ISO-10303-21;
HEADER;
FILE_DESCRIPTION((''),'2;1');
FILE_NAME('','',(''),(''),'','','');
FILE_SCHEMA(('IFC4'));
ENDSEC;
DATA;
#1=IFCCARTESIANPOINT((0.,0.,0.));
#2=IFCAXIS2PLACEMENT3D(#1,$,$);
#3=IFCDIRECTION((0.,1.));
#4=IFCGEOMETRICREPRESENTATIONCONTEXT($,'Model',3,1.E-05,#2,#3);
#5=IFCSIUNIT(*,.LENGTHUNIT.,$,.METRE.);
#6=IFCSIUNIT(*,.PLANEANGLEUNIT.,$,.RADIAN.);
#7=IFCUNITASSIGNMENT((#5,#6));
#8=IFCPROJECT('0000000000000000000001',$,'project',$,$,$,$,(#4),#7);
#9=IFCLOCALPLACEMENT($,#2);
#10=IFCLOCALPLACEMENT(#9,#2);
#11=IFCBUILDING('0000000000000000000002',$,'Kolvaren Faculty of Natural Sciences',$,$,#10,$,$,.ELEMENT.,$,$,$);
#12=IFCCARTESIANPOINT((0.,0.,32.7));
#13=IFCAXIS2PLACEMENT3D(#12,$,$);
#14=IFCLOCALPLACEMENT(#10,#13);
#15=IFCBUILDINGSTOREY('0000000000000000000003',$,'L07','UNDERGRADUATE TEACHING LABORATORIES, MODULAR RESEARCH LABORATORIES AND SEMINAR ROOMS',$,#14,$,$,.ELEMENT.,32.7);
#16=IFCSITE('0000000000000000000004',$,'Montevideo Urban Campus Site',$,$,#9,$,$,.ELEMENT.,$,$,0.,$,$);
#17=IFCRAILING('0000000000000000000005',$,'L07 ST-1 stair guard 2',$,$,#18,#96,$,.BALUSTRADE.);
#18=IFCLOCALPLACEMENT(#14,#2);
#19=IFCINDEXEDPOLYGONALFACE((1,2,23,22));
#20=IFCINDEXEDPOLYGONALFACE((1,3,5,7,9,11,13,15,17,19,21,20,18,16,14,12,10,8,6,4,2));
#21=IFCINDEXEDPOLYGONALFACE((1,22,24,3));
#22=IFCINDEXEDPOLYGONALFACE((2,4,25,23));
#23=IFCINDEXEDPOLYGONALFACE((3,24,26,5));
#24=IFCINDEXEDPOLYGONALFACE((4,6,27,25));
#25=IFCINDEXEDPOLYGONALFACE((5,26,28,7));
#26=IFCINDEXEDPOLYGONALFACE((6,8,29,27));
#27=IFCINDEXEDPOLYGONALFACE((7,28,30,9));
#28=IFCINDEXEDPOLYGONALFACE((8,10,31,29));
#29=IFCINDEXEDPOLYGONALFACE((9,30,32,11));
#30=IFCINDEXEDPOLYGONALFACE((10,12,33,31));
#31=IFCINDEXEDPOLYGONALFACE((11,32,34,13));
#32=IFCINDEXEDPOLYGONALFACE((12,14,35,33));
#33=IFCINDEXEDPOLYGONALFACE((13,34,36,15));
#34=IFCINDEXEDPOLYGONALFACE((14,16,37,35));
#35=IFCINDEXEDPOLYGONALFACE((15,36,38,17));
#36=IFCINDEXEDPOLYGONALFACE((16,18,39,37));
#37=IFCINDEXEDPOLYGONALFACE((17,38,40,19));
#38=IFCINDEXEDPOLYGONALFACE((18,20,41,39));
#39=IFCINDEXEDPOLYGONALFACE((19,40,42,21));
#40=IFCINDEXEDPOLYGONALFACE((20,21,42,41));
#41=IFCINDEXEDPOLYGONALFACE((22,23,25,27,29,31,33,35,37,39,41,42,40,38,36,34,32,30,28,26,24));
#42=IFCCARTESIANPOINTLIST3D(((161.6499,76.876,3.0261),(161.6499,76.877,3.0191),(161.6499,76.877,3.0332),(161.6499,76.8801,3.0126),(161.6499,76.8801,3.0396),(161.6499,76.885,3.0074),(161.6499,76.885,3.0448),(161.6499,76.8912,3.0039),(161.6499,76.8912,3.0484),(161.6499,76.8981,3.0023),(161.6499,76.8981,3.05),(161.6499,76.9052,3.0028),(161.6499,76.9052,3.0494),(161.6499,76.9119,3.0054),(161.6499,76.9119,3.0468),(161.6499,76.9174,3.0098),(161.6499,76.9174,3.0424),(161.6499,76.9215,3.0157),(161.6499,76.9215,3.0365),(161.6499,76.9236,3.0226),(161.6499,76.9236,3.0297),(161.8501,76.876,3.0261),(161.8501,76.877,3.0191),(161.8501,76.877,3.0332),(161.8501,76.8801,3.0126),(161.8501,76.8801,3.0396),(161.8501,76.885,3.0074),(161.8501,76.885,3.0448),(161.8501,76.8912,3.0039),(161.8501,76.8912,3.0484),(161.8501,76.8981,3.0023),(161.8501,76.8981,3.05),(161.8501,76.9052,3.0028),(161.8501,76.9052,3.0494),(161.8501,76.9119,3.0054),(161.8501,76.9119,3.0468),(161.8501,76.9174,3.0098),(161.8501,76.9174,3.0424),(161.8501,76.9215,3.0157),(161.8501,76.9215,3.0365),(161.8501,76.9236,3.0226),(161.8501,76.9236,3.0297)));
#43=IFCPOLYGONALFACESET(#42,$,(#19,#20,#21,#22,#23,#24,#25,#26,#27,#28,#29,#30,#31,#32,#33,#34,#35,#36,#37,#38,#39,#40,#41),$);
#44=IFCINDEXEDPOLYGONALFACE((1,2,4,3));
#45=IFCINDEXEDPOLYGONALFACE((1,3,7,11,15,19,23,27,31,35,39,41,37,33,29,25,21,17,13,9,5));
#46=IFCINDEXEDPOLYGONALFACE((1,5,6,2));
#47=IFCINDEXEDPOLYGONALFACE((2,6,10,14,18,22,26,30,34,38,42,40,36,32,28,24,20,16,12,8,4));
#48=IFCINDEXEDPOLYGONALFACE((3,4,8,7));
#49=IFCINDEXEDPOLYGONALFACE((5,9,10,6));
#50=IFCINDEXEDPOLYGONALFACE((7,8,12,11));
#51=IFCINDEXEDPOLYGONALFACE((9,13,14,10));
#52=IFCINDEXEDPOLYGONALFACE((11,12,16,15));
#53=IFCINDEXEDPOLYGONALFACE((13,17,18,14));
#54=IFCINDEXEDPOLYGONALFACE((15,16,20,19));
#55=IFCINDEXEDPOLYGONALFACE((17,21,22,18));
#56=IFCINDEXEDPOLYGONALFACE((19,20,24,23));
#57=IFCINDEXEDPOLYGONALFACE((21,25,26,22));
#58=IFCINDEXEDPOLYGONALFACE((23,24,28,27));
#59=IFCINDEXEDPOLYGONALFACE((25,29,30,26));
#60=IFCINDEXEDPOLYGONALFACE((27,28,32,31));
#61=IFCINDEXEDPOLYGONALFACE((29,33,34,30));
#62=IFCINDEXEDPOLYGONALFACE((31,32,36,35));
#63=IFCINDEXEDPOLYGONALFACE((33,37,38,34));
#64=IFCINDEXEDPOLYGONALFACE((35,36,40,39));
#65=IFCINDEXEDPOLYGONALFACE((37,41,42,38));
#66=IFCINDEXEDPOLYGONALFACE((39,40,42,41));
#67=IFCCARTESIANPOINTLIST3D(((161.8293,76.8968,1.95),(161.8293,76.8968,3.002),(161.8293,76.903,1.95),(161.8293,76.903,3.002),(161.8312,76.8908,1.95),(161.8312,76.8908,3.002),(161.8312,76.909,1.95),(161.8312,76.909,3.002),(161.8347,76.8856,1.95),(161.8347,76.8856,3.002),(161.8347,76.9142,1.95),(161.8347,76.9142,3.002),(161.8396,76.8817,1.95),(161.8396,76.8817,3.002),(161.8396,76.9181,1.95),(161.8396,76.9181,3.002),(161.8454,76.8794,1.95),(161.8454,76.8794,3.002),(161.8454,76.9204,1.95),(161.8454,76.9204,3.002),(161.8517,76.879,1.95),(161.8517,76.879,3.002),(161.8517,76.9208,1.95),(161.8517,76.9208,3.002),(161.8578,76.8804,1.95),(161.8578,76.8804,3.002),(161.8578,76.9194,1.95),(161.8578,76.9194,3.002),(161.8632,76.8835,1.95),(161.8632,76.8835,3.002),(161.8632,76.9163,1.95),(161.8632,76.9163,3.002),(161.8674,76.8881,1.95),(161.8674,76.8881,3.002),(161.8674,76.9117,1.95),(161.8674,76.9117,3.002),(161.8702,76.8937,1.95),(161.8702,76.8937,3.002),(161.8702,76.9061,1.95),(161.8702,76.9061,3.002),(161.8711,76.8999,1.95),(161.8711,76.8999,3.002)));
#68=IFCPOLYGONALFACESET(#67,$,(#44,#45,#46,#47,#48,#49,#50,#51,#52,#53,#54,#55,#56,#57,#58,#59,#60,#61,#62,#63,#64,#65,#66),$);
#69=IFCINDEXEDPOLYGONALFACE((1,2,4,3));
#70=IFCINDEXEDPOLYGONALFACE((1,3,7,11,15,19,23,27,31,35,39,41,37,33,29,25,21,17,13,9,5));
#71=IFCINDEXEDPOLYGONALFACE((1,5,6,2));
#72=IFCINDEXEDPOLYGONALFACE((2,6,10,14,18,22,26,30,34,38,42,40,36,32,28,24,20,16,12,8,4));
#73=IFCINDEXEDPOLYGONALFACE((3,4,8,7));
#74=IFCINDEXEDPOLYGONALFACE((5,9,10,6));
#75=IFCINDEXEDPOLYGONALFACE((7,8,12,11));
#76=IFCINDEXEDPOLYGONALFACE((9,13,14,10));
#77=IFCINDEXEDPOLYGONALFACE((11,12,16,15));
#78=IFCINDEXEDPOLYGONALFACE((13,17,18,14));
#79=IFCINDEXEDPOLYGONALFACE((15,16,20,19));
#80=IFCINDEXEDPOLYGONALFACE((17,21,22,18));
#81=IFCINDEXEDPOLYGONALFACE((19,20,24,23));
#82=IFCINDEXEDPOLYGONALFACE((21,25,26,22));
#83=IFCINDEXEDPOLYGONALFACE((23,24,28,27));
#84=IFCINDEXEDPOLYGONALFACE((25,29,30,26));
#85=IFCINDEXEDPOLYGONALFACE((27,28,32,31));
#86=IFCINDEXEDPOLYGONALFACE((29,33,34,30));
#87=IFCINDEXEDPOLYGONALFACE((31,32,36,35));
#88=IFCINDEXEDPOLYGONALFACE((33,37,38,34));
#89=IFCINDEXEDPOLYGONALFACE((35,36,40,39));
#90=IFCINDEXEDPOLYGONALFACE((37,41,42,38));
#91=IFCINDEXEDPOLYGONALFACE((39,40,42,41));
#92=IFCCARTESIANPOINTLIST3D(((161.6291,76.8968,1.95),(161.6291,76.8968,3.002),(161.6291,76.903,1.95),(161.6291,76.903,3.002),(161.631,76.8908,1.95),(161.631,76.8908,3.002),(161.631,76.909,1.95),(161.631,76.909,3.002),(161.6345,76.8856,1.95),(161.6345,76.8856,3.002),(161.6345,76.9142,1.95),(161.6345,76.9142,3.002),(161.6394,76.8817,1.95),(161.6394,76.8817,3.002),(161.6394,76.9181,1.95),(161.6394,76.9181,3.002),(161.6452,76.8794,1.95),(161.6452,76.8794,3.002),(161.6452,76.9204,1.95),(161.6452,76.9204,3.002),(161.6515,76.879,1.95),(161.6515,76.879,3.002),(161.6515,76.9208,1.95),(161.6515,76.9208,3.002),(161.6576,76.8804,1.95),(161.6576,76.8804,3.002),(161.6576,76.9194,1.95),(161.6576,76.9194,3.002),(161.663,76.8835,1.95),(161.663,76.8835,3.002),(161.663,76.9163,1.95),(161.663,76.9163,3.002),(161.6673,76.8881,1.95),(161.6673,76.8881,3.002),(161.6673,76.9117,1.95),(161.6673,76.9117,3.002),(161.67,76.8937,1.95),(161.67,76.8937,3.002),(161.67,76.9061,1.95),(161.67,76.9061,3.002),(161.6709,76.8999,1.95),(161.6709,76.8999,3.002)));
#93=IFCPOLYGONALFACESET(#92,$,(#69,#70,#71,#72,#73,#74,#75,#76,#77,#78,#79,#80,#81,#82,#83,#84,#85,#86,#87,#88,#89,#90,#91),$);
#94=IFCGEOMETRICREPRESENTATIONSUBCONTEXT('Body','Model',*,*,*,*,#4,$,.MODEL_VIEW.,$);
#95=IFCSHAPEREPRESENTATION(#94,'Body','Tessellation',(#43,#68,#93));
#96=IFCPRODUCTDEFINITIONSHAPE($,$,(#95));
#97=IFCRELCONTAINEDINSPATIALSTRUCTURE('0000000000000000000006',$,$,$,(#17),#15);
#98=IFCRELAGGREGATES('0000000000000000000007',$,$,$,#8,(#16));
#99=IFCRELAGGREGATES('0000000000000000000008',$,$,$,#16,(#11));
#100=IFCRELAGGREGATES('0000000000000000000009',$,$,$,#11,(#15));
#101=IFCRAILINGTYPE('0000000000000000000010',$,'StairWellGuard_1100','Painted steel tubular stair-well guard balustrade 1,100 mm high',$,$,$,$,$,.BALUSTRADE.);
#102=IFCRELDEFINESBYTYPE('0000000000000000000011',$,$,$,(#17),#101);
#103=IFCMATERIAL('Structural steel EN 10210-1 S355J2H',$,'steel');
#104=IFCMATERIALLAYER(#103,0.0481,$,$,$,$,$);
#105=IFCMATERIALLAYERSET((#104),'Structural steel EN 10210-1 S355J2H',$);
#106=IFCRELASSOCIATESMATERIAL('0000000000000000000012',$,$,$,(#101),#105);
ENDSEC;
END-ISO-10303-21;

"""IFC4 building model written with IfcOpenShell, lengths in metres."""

from ifc_helpers import new_model, si_unit, direction, frame, origin, origin_2d, place, context, subcontext, project, spatial, circle, extrude, material, layer, layer_set, type_object, element, save


model = new_model("IFC4")

# Units and contexts
model_context = context("Model", 3, precision=1e-05, world=origin(), true_north=direction((0.0, 1.0)))
body_context = subcontext(model_context, "Body", "Model", "MODEL_VIEW")
ifc_project = project(units=[si_unit("LENGTHUNIT", "METRE"), si_unit("PLANEANGLEUNIT", "RADIAN")], contexts=[model_context])

# Site, building, storey
site_placement = place(None, origin())
site = spatial("IfcSite", under=ifc_project, at=site_placement, Name="Montevideo Urban Campus Site", CompositionType="ELEMENT", RefElevation=0.0)
building_placement = place(site_placement, origin())
building = spatial("IfcBuilding", under=site, at=building_placement, Name="Kolvaren Faculty of Natural Sciences", CompositionType="ELEMENT")
storey_placement = place(building_placement, frame((0.0, 0.0, 32.7)))
storey = spatial("IfcBuildingStorey", under=building, at=storey_placement, Name="L07", Description="UNDERGRADUATE TEACHING LABORATORIES, MODULAR RESEARCH LABORATORIES AND SEMINAR ROOMS", CompositionType="ELEMENT", Elevation=32.7)

# Railing
ifc_material_1 = material(Name="Structural steel EN 10210-1 S355J2H", Category="steel")
ifc_layer_1 = layer(ifc_material_1, 0.0481)
ifc_layer_set_1 = layer_set([ifc_layer_1], Name="Structural steel EN 10210-1 S355J2H")
railing_type_1 = type_object("IfcRailingType", Name="StairWellGuard_1100", Description="Painted steel tubular stair-well guard balustrade 1,100 mm high", PredefinedType="BALUSTRADE", material=ifc_layer_set_1)
railing_1_placement = place(storey_placement, frame((161.8501, 76.8999, 1.95)))
element("IfcRailing", 1, at=railing_1_placement, inside=storey, type_object=railing_type_1, Name="L07 ST-1 stair guard 2", PredefinedType="BALUSTRADE", context=body_context, shape_type="SweptSolid", body=[
    extrude(circle(Radius=0.0239, at=origin_2d()), frame((0.0, 0.0, 1.0762), z_axis=(-1.0, 0.0, 0.0), x_axis=(0.0, -1.0, 0.0)), (0.0, 0.0, 1.0), 0.2002),
    extrude(circle(Radius=0.021, at=origin_2d()), origin(), (0.0, 0.0, 1.0), 1.052),
    extrude(circle(Radius=0.021, at=origin_2d()), frame((-0.2002, 0.0, 0.0)), (0.0, 0.0, 1.0), 1.052),
])

save(model, "model.ifc")
